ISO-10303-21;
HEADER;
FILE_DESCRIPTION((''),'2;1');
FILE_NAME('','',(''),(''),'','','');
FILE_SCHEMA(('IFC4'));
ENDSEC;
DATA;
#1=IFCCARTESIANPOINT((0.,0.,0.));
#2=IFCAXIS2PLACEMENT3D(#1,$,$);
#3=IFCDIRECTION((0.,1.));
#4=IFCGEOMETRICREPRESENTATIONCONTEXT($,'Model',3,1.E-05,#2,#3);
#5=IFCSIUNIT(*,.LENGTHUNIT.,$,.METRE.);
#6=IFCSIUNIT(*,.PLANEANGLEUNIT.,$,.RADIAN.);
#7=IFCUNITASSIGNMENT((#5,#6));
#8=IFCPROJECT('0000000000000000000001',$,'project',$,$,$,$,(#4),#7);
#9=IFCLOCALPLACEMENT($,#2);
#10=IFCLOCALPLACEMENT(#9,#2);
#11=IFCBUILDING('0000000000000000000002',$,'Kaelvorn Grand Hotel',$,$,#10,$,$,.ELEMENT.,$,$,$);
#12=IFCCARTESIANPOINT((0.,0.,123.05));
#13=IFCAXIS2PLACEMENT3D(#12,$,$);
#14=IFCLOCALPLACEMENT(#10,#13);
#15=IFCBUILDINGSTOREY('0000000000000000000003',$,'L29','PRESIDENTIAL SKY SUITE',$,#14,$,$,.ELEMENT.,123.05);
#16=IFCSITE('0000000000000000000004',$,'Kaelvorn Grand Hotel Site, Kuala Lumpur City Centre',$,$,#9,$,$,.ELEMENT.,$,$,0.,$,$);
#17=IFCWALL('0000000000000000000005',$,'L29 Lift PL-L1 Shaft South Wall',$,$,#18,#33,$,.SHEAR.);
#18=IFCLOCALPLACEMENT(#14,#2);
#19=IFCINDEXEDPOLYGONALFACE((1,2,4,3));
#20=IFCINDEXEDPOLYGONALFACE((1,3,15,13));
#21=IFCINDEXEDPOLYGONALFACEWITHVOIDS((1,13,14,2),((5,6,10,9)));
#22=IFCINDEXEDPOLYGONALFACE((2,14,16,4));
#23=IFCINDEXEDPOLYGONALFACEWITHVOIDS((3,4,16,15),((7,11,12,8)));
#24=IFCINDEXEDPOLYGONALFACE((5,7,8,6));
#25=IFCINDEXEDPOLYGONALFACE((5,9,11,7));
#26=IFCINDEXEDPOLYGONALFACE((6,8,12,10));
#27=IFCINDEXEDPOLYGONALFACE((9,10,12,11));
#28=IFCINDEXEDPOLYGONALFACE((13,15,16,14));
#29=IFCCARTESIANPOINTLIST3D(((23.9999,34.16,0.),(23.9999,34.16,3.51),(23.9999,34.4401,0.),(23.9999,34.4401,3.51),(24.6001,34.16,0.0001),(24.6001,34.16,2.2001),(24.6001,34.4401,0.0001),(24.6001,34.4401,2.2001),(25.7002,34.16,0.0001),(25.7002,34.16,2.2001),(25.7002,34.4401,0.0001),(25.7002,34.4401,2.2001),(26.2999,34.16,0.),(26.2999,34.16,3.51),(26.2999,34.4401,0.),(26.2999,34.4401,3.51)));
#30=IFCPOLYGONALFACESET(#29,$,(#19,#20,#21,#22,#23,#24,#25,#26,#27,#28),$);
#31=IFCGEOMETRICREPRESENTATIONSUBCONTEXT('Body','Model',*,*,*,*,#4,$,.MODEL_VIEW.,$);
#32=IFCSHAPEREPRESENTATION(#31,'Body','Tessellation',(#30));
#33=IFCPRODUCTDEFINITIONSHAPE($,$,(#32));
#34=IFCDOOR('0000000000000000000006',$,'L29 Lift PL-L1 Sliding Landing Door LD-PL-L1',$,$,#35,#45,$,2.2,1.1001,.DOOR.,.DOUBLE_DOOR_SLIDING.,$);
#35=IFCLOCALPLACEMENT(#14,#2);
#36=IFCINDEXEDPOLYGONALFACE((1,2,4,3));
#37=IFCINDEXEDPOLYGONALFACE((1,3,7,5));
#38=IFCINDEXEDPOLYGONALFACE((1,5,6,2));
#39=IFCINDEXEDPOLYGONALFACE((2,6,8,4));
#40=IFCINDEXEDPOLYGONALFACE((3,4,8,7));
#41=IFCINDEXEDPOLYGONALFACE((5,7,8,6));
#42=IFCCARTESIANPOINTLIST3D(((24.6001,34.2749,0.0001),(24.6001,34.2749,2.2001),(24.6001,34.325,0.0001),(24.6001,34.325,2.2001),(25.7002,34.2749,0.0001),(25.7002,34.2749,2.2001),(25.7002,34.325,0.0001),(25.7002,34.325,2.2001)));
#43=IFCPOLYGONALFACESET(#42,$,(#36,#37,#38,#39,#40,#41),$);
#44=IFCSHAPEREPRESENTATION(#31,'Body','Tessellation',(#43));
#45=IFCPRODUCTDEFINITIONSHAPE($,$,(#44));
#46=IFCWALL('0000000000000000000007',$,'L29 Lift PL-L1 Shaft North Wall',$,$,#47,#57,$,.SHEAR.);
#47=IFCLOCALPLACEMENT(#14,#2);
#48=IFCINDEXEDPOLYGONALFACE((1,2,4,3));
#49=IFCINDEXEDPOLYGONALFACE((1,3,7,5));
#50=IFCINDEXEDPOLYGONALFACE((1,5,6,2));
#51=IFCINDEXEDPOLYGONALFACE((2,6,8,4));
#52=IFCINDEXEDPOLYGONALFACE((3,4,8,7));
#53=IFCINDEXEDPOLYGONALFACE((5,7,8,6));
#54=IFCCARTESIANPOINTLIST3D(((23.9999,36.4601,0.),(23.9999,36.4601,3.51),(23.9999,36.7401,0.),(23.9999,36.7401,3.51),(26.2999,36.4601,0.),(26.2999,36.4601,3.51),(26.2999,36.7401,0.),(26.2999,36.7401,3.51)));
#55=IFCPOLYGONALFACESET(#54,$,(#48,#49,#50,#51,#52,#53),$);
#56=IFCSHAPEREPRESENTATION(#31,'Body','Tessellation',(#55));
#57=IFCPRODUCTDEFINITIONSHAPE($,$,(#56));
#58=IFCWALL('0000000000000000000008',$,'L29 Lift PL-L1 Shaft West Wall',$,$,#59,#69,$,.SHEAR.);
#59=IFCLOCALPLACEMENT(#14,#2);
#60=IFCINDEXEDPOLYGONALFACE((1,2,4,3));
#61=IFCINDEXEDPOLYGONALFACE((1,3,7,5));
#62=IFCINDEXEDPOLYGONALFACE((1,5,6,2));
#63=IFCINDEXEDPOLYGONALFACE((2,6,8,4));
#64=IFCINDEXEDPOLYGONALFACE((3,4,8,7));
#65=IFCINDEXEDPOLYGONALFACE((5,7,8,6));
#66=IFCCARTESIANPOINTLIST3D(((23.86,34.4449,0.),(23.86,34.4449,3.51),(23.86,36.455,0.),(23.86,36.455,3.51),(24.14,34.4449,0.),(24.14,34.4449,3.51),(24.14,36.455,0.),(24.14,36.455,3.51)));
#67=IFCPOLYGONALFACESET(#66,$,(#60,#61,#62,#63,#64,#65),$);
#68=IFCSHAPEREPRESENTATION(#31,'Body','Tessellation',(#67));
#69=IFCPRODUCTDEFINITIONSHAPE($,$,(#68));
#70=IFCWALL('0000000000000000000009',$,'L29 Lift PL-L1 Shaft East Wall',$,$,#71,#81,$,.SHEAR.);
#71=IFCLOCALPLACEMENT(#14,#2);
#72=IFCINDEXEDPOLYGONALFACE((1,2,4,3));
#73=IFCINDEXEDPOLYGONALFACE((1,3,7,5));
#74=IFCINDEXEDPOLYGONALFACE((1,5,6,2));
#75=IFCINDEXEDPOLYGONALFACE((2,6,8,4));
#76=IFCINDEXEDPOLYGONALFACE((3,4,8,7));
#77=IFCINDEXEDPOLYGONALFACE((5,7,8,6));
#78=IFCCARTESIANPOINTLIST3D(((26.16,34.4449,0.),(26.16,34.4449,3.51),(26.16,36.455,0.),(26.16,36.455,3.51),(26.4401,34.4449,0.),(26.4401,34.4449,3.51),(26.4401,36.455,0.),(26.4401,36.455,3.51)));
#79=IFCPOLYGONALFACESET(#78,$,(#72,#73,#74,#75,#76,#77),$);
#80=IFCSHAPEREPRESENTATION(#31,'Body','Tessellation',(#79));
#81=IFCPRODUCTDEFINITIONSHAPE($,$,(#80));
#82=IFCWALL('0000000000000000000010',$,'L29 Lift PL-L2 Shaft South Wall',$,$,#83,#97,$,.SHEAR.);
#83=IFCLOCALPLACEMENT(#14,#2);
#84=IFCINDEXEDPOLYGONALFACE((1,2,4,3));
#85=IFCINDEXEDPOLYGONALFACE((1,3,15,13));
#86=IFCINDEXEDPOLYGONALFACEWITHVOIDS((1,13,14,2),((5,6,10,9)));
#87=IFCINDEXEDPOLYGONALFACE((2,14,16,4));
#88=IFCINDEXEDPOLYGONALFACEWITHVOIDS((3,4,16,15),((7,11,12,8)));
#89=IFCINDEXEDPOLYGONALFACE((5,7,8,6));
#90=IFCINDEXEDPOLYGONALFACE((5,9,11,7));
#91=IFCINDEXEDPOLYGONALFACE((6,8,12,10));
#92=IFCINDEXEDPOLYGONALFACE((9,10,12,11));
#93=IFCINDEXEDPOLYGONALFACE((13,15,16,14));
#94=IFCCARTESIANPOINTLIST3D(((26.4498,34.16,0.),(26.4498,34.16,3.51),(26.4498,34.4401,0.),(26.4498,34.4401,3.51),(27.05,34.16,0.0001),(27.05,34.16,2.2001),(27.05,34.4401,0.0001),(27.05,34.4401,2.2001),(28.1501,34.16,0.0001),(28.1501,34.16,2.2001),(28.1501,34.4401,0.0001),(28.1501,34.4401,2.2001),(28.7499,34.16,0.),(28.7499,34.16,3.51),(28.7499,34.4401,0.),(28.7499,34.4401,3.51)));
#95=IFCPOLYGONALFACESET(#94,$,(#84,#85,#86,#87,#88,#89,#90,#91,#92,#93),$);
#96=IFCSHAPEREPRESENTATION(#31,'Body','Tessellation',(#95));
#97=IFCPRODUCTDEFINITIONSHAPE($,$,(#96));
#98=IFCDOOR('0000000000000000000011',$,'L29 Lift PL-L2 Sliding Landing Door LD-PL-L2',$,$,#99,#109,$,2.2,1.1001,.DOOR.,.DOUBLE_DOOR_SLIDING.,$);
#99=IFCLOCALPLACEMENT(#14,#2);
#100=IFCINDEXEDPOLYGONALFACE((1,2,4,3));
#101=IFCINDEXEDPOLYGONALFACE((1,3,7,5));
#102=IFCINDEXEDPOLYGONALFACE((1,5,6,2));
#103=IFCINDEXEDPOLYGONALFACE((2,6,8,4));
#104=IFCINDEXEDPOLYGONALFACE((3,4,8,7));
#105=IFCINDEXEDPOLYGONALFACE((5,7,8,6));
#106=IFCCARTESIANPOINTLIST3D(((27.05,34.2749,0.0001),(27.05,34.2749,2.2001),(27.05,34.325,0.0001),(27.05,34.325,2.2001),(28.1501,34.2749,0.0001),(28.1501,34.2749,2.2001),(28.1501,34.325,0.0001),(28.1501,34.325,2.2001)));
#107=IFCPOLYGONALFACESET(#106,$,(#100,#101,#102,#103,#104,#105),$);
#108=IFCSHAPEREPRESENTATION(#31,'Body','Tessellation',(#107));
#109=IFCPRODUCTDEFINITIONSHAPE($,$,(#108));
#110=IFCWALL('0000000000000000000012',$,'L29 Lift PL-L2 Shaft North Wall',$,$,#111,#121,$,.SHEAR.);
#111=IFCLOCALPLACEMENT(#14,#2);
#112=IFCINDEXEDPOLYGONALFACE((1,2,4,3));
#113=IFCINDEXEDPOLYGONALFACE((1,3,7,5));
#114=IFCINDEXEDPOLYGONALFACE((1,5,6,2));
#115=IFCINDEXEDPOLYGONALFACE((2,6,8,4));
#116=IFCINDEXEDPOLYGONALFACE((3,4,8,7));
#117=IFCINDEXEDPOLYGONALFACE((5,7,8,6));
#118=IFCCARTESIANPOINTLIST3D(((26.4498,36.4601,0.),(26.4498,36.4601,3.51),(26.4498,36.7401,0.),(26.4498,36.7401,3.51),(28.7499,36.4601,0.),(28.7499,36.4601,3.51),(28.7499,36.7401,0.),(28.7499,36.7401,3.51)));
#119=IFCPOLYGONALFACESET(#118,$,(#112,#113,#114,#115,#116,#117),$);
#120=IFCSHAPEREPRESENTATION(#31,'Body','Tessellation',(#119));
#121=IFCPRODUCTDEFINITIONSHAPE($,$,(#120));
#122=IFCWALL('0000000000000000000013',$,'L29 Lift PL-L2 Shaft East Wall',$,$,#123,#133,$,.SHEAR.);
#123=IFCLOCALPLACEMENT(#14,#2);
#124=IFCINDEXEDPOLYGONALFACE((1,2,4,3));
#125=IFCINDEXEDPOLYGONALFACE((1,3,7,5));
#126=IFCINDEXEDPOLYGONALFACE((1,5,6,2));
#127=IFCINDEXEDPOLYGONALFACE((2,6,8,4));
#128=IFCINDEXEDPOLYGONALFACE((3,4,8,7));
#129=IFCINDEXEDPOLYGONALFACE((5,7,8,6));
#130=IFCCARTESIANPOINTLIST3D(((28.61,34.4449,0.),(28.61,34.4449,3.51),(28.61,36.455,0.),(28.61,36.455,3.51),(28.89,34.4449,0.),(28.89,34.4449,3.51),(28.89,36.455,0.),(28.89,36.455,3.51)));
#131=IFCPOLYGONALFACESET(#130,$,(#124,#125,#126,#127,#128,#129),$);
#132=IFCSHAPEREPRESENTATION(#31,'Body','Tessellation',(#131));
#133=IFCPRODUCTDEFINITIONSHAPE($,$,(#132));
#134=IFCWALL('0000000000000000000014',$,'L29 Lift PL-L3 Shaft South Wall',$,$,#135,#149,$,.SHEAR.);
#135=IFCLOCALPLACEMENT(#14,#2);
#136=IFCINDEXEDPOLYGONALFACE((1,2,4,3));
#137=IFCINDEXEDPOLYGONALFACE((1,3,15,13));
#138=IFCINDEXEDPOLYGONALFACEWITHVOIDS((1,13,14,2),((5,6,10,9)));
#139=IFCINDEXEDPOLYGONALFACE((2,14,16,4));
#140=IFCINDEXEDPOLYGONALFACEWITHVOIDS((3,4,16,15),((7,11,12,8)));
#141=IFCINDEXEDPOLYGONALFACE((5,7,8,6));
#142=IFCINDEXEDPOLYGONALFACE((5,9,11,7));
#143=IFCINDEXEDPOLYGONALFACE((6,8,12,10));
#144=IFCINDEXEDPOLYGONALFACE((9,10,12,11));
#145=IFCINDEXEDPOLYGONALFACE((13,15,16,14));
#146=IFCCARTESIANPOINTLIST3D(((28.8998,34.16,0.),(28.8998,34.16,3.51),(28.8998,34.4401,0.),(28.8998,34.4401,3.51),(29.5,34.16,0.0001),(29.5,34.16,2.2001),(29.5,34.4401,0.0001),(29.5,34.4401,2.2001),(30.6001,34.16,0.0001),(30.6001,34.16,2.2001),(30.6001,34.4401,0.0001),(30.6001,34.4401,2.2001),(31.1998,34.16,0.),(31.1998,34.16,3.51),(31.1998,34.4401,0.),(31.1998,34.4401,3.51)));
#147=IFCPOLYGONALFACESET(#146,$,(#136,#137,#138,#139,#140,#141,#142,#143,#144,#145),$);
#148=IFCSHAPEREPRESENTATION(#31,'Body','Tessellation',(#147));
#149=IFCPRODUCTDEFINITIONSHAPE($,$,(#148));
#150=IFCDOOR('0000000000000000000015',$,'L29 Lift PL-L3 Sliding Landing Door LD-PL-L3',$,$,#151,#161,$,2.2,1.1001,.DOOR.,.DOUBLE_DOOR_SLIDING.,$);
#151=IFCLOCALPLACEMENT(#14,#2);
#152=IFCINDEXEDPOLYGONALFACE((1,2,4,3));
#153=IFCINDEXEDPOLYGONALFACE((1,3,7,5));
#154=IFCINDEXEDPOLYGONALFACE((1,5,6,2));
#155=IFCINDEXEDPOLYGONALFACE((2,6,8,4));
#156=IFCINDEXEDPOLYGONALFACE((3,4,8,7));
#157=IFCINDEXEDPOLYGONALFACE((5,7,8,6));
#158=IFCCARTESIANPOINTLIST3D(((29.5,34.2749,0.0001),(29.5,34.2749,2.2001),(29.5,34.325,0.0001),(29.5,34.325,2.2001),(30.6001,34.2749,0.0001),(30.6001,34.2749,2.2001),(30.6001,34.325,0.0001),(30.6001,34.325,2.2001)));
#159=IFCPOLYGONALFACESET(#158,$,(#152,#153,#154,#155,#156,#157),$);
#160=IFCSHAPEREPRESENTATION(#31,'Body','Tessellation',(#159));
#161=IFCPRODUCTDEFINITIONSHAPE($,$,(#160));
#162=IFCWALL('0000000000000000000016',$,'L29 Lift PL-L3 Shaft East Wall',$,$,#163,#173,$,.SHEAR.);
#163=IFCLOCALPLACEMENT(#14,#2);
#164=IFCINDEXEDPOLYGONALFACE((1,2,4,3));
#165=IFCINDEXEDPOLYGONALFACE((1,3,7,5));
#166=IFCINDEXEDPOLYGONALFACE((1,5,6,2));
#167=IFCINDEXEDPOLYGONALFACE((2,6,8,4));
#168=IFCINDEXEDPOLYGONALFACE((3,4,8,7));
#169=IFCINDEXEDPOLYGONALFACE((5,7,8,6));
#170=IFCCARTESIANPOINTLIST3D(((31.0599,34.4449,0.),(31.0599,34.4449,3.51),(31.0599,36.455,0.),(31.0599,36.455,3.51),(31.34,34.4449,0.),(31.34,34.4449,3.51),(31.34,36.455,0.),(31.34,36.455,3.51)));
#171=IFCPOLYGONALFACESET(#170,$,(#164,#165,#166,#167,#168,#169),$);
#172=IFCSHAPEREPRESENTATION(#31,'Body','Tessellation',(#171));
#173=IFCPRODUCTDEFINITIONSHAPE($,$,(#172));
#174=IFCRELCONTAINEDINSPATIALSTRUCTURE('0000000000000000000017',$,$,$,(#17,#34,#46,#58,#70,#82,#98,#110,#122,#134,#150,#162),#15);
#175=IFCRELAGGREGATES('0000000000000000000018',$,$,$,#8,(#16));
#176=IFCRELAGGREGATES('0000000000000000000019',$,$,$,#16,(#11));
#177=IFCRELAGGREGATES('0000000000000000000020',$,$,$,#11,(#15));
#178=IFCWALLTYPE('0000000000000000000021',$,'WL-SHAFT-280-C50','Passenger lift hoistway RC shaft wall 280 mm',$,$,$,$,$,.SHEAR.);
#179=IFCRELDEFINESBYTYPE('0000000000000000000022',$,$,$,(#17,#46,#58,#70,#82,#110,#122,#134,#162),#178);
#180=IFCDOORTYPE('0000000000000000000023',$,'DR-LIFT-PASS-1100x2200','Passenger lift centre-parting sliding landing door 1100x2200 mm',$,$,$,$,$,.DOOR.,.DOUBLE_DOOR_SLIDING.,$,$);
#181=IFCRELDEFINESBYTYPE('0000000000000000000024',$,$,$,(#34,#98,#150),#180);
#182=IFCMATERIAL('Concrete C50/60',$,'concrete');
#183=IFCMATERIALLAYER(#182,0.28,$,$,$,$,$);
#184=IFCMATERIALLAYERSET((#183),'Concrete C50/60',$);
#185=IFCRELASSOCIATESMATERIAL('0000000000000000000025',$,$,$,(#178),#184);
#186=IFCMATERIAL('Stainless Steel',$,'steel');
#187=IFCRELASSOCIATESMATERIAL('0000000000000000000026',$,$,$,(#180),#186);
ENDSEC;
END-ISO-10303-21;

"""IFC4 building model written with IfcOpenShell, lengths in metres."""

from ifc_helpers import new_model, si_unit, direction, frame, frame_2d, origin, place, context, subcontext, project, spatial, rectangle, extrude, material, layer, layer_set, type_object, element, fill, save


model = new_model("IFC4")

# Units and contexts
model_context = context("Model", 3, precision=1e-05, world=origin(), true_north=direction((0.0, 1.0)))
body_context = subcontext(model_context, "Body", "Model", "MODEL_VIEW")
ifc_project = project(units=[si_unit("LENGTHUNIT", "METRE"), si_unit("PLANEANGLEUNIT", "RADIAN")], contexts=[model_context])

# Site, building, storey
site_placement = place(None, origin())
site = spatial("IfcSite", under=ifc_project, at=site_placement, Name="Kaelvorn Grand Hotel Site, Kuala Lumpur City Centre", CompositionType="ELEMENT", RefElevation=0.0)
building_placement = place(site_placement, origin())
building = spatial("IfcBuilding", under=site, at=building_placement, Name="Kaelvorn Grand Hotel", CompositionType="ELEMENT")
storey_placement = place(building_placement, frame((0.0, 0.0, 123.05)))
storey = spatial("IfcBuildingStorey", under=building, at=storey_placement, Name="L29", Description="PRESIDENTIAL SKY SUITE", CompositionType="ELEMENT", Elevation=123.05)

# Wall, opening, door
ifc_material_1 = material(Name="Concrete C50/60", Category="concrete")
ifc_layer_1 = layer(ifc_material_1, 0.28)
ifc_layer_set_1 = layer_set([ifc_layer_1], Name="Concrete C50/60")
wall_type_1 = type_object("IfcWallType", Name="WL-SHAFT-280-C50", Description="Passenger lift hoistway RC shaft wall 280 mm", PredefinedType="SHEAR", material=ifc_layer_set_1)
wall_1_placement = place(storey_placement, frame((24.0, 34.3, 0.0), z_axis=(0.0, 0.0, 1.0), x_axis=(1.0, 0.0, 0.0)))
wall_1 = element("IfcWall", 1, at=wall_1_placement, inside=storey, type_object=wall_type_1, Name="L29 Lift PL-L1 Shaft South Wall", PredefinedType="SHEAR", context=body_context, shape_type="SweptSolid", body=[
    extrude(rectangle(XDim=2.3, YDim=0.28, at=frame_2d((1.1499, 0.0))), origin(), (0.0, 0.0, 1.0), 3.51),
])
opening_1_placement = place(wall_1_placement, frame((0.6001, 0.0, 0.0)))
opening_1 = element("IfcOpeningElement", 2, at=opening_1_placement, cuts=wall_1, PredefinedType="OPENING", context=body_context, shape_type="SweptSolid", body=[
    extrude(rectangle(XDim=1.1001, YDim=2.2, at=frame_2d((0.55, 1.1001))), frame((0.0, 0.1499, 0.0), z_axis=(0.0, -1.0, 0.0), x_axis=(1.0, 0.0, 0.0)), (0.0, 0.0, 1.0), 0.3),
])
ifc_material_2 = material(Name="Stainless Steel", Category="steel")
door_type_1 = type_object("IfcDoorType", Name="DR-LIFT-PASS-1100x2200", Description="Passenger lift centre-parting sliding landing door 1100x2200 mm", OperationType="DOUBLE_DOOR_SLIDING", PredefinedType="DOOR", material=ifc_material_2)
door_1_placement = place(opening_1_placement, origin())
door_1 = element("IfcDoor", 3, at=door_1_placement, inside=storey, type_object=door_type_1, Name="L29 Lift PL-L1 Sliding Landing Door LD-PL-L1", OperationType="DOUBLE_DOOR_SLIDING", OverallHeight=2.2, OverallWidth=1.1001, PredefinedType="DOOR", context=body_context, shape_type="SweptSolid", body=[
    extrude(rectangle(XDim=1.1001, YDim=2.2, at=frame_2d((0.55, 1.1001))), frame((0.0, 0.0249, 0.0), z_axis=(0.0, -1.0, 0.0), x_axis=(1.0, 0.0, 0.0)), (0.0, 0.0, 1.0), 0.05),
])
fill(opening_1, door_1)

# Walls
wall_2_placement = place(storey_placement, frame((24.0, 36.6001, 0.0), z_axis=(0.0, 0.0, 1.0), x_axis=(1.0, 0.0, 0.0)))
element("IfcWall", 4, at=wall_2_placement, inside=storey, type_object=wall_type_1, Name="L29 Lift PL-L1 Shaft North Wall", PredefinedType="SHEAR", context=body_context, shape_type="SweptSolid", body=[
    extrude(rectangle(XDim=2.3, YDim=0.28, at=frame_2d((1.1499, 0.0))), origin(), (0.0, 0.0, 1.0), 3.51),
])
for number, where, z_axis, x_axis, name in (
    (5, (24.0, 34.4451, 0.0), (0.0, 0.0, 1.0), (0.0, 1.0, 0.0), "L29 Lift PL-L1 Shaft West Wall"),
    (6, (26.3, 34.4451, 0.0), (0.0, 0.0, 1.0), (0.0, 1.0, 0.0), "L29 Lift PL-L1 Shaft East Wall"),
):
    element("IfcWall", number, at=place(storey_placement, frame(where, z_axis=z_axis, x_axis=x_axis)), inside=storey, type_object=wall_type_1, Name=name, PredefinedType="SHEAR", context=body_context, shape_type="SweptSolid", body=[
        extrude(rectangle(XDim=2.01, YDim=0.28, at=frame_2d((1.0049, 0.0))), origin(), (0.0, 0.0, 1.0), 3.51),
    ])

# Wall, opening, door
wall_3_placement = place(storey_placement, frame((26.45, 34.3, 0.0), z_axis=(0.0, 0.0, 1.0), x_axis=(1.0, 0.0, 0.0)))
wall_3 = element("IfcWall", 7, at=wall_3_placement, inside=storey, type_object=wall_type_1, Name="L29 Lift PL-L2 Shaft South Wall", PredefinedType="SHEAR", context=body_context, shape_type="SweptSolid", body=[
    extrude(rectangle(XDim=2.3, YDim=0.28, at=frame_2d((1.1499, 0.0))), origin(), (0.0, 0.0, 1.0), 3.51),
])
opening_2_placement = place(wall_3_placement, frame((0.6001, 0.0, 0.0)))
opening_2 = element("IfcOpeningElement", 8, at=opening_2_placement, cuts=wall_3, PredefinedType="OPENING", context=body_context, shape_type="SweptSolid", body=[
    extrude(rectangle(XDim=1.1001, YDim=2.2, at=frame_2d((0.55, 1.1001))), frame((0.0, 0.1499, 0.0), z_axis=(0.0, -1.0, 0.0), x_axis=(1.0, 0.0, 0.0)), (0.0, 0.0, 1.0), 0.3),
])
door_2_placement = place(opening_2_placement, origin())
door_2 = element("IfcDoor", 9, at=door_2_placement, inside=storey, type_object=door_type_1, Name="L29 Lift PL-L2 Sliding Landing Door LD-PL-L2", OperationType="DOUBLE_DOOR_SLIDING", OverallHeight=2.2, OverallWidth=1.1001, PredefinedType="DOOR", context=body_context, shape_type="SweptSolid", body=[
    extrude(rectangle(XDim=1.1001, YDim=2.2, at=frame_2d((0.55, 1.1001))), frame((0.0, 0.0249, 0.0), z_axis=(0.0, -1.0, 0.0), x_axis=(1.0, 0.0, 0.0)), (0.0, 0.0, 1.0), 0.05),
])
fill(opening_2, door_2)

# Walls
wall_4_placement = place(storey_placement, frame((26.45, 36.6001, 0.0), z_axis=(0.0, 0.0, 1.0), x_axis=(1.0, 0.0, 0.0)))
element("IfcWall", 10, at=wall_4_placement, inside=storey, type_object=wall_type_1, Name="L29 Lift PL-L2 Shaft North Wall", PredefinedType="SHEAR", context=body_context, shape_type="SweptSolid", body=[
    extrude(rectangle(XDim=2.3, YDim=0.28, at=frame_2d((1.1499, 0.0))), origin(), (0.0, 0.0, 1.0), 3.51),
])
wall_5_placement = place(storey_placement, frame((28.75, 34.4451, 0.0), z_axis=(0.0, 0.0, 1.0), x_axis=(0.0, 1.0, 0.0)))
element("IfcWall", 11, at=wall_5_placement, inside=storey, type_object=wall_type_1, Name="L29 Lift PL-L2 Shaft East Wall", PredefinedType="SHEAR", context=body_context, shape_type="SweptSolid", body=[
    extrude(rectangle(XDim=2.01, YDim=0.28, at=frame_2d((1.0049, 0.0))), origin(), (0.0, 0.0, 1.0), 3.51),
])

# Wall, opening, door
wall_6_placement = place(storey_placement, frame((28.8999, 34.3, 0.0), z_axis=(0.0, 0.0, 1.0), x_axis=(1.0, 0.0, 0.0)))
wall_6 = element("IfcWall", 12, at=wall_6_placement, inside=storey, type_object=wall_type_1, Name="L29 Lift PL-L3 Shaft South Wall", PredefinedType="SHEAR", context=body_context, shape_type="SweptSolid", body=[
    extrude(rectangle(XDim=2.3, YDim=0.28, at=frame_2d((1.1499, 0.0))), origin(), (0.0, 0.0, 1.0), 3.51),
])
opening_3_placement = place(wall_6_placement, frame((0.6001, 0.0, 0.0)))
opening_3 = element("IfcOpeningElement", 13, at=opening_3_placement, cuts=wall_6, PredefinedType="OPENING", context=body_context, shape_type="SweptSolid", body=[
    extrude(rectangle(XDim=1.1001, YDim=2.2, at=frame_2d((0.55, 1.1001))), frame((0.0, 0.1499, 0.0), z_axis=(0.0, -1.0, 0.0), x_axis=(1.0, 0.0, 0.0)), (0.0, 0.0, 1.0), 0.3),
])
door_3_placement = place(opening_3_placement, origin())
door_3 = element("IfcDoor", 14, at=door_3_placement, inside=storey, type_object=door_type_1, Name="L29 Lift PL-L3 Sliding Landing Door LD-PL-L3", OperationType="DOUBLE_DOOR_SLIDING", OverallHeight=2.2, OverallWidth=1.1001, PredefinedType="DOOR", context=body_context, shape_type="SweptSolid", body=[
    extrude(rectangle(XDim=1.1001, YDim=2.2, at=frame_2d((0.55, 1.1001))), frame((0.0, 0.0249, 0.0), z_axis=(0.0, -1.0, 0.0), x_axis=(1.0, 0.0, 0.0)), (0.0, 0.0, 1.0), 0.05),
])
fill(opening_3, door_3)

# Wall
wall_7_placement = place(storey_placement, frame((31.2, 34.4451, 0.0), z_axis=(0.0, 0.0, 1.0), x_axis=(0.0, 1.0, 0.0)))
element("IfcWall", 15, at=wall_7_placement, inside=storey, type_object=wall_type_1, Name="L29 Lift PL-L3 Shaft East Wall", PredefinedType="SHEAR", context=body_context, shape_type="SweptSolid", body=[
    extrude(rectangle(XDim=2.01, YDim=0.28, at=frame_2d((1.0049, 0.0))), origin(), (0.0, 0.0, 1.0), 3.51),
])

save(model, "model.ifc")
